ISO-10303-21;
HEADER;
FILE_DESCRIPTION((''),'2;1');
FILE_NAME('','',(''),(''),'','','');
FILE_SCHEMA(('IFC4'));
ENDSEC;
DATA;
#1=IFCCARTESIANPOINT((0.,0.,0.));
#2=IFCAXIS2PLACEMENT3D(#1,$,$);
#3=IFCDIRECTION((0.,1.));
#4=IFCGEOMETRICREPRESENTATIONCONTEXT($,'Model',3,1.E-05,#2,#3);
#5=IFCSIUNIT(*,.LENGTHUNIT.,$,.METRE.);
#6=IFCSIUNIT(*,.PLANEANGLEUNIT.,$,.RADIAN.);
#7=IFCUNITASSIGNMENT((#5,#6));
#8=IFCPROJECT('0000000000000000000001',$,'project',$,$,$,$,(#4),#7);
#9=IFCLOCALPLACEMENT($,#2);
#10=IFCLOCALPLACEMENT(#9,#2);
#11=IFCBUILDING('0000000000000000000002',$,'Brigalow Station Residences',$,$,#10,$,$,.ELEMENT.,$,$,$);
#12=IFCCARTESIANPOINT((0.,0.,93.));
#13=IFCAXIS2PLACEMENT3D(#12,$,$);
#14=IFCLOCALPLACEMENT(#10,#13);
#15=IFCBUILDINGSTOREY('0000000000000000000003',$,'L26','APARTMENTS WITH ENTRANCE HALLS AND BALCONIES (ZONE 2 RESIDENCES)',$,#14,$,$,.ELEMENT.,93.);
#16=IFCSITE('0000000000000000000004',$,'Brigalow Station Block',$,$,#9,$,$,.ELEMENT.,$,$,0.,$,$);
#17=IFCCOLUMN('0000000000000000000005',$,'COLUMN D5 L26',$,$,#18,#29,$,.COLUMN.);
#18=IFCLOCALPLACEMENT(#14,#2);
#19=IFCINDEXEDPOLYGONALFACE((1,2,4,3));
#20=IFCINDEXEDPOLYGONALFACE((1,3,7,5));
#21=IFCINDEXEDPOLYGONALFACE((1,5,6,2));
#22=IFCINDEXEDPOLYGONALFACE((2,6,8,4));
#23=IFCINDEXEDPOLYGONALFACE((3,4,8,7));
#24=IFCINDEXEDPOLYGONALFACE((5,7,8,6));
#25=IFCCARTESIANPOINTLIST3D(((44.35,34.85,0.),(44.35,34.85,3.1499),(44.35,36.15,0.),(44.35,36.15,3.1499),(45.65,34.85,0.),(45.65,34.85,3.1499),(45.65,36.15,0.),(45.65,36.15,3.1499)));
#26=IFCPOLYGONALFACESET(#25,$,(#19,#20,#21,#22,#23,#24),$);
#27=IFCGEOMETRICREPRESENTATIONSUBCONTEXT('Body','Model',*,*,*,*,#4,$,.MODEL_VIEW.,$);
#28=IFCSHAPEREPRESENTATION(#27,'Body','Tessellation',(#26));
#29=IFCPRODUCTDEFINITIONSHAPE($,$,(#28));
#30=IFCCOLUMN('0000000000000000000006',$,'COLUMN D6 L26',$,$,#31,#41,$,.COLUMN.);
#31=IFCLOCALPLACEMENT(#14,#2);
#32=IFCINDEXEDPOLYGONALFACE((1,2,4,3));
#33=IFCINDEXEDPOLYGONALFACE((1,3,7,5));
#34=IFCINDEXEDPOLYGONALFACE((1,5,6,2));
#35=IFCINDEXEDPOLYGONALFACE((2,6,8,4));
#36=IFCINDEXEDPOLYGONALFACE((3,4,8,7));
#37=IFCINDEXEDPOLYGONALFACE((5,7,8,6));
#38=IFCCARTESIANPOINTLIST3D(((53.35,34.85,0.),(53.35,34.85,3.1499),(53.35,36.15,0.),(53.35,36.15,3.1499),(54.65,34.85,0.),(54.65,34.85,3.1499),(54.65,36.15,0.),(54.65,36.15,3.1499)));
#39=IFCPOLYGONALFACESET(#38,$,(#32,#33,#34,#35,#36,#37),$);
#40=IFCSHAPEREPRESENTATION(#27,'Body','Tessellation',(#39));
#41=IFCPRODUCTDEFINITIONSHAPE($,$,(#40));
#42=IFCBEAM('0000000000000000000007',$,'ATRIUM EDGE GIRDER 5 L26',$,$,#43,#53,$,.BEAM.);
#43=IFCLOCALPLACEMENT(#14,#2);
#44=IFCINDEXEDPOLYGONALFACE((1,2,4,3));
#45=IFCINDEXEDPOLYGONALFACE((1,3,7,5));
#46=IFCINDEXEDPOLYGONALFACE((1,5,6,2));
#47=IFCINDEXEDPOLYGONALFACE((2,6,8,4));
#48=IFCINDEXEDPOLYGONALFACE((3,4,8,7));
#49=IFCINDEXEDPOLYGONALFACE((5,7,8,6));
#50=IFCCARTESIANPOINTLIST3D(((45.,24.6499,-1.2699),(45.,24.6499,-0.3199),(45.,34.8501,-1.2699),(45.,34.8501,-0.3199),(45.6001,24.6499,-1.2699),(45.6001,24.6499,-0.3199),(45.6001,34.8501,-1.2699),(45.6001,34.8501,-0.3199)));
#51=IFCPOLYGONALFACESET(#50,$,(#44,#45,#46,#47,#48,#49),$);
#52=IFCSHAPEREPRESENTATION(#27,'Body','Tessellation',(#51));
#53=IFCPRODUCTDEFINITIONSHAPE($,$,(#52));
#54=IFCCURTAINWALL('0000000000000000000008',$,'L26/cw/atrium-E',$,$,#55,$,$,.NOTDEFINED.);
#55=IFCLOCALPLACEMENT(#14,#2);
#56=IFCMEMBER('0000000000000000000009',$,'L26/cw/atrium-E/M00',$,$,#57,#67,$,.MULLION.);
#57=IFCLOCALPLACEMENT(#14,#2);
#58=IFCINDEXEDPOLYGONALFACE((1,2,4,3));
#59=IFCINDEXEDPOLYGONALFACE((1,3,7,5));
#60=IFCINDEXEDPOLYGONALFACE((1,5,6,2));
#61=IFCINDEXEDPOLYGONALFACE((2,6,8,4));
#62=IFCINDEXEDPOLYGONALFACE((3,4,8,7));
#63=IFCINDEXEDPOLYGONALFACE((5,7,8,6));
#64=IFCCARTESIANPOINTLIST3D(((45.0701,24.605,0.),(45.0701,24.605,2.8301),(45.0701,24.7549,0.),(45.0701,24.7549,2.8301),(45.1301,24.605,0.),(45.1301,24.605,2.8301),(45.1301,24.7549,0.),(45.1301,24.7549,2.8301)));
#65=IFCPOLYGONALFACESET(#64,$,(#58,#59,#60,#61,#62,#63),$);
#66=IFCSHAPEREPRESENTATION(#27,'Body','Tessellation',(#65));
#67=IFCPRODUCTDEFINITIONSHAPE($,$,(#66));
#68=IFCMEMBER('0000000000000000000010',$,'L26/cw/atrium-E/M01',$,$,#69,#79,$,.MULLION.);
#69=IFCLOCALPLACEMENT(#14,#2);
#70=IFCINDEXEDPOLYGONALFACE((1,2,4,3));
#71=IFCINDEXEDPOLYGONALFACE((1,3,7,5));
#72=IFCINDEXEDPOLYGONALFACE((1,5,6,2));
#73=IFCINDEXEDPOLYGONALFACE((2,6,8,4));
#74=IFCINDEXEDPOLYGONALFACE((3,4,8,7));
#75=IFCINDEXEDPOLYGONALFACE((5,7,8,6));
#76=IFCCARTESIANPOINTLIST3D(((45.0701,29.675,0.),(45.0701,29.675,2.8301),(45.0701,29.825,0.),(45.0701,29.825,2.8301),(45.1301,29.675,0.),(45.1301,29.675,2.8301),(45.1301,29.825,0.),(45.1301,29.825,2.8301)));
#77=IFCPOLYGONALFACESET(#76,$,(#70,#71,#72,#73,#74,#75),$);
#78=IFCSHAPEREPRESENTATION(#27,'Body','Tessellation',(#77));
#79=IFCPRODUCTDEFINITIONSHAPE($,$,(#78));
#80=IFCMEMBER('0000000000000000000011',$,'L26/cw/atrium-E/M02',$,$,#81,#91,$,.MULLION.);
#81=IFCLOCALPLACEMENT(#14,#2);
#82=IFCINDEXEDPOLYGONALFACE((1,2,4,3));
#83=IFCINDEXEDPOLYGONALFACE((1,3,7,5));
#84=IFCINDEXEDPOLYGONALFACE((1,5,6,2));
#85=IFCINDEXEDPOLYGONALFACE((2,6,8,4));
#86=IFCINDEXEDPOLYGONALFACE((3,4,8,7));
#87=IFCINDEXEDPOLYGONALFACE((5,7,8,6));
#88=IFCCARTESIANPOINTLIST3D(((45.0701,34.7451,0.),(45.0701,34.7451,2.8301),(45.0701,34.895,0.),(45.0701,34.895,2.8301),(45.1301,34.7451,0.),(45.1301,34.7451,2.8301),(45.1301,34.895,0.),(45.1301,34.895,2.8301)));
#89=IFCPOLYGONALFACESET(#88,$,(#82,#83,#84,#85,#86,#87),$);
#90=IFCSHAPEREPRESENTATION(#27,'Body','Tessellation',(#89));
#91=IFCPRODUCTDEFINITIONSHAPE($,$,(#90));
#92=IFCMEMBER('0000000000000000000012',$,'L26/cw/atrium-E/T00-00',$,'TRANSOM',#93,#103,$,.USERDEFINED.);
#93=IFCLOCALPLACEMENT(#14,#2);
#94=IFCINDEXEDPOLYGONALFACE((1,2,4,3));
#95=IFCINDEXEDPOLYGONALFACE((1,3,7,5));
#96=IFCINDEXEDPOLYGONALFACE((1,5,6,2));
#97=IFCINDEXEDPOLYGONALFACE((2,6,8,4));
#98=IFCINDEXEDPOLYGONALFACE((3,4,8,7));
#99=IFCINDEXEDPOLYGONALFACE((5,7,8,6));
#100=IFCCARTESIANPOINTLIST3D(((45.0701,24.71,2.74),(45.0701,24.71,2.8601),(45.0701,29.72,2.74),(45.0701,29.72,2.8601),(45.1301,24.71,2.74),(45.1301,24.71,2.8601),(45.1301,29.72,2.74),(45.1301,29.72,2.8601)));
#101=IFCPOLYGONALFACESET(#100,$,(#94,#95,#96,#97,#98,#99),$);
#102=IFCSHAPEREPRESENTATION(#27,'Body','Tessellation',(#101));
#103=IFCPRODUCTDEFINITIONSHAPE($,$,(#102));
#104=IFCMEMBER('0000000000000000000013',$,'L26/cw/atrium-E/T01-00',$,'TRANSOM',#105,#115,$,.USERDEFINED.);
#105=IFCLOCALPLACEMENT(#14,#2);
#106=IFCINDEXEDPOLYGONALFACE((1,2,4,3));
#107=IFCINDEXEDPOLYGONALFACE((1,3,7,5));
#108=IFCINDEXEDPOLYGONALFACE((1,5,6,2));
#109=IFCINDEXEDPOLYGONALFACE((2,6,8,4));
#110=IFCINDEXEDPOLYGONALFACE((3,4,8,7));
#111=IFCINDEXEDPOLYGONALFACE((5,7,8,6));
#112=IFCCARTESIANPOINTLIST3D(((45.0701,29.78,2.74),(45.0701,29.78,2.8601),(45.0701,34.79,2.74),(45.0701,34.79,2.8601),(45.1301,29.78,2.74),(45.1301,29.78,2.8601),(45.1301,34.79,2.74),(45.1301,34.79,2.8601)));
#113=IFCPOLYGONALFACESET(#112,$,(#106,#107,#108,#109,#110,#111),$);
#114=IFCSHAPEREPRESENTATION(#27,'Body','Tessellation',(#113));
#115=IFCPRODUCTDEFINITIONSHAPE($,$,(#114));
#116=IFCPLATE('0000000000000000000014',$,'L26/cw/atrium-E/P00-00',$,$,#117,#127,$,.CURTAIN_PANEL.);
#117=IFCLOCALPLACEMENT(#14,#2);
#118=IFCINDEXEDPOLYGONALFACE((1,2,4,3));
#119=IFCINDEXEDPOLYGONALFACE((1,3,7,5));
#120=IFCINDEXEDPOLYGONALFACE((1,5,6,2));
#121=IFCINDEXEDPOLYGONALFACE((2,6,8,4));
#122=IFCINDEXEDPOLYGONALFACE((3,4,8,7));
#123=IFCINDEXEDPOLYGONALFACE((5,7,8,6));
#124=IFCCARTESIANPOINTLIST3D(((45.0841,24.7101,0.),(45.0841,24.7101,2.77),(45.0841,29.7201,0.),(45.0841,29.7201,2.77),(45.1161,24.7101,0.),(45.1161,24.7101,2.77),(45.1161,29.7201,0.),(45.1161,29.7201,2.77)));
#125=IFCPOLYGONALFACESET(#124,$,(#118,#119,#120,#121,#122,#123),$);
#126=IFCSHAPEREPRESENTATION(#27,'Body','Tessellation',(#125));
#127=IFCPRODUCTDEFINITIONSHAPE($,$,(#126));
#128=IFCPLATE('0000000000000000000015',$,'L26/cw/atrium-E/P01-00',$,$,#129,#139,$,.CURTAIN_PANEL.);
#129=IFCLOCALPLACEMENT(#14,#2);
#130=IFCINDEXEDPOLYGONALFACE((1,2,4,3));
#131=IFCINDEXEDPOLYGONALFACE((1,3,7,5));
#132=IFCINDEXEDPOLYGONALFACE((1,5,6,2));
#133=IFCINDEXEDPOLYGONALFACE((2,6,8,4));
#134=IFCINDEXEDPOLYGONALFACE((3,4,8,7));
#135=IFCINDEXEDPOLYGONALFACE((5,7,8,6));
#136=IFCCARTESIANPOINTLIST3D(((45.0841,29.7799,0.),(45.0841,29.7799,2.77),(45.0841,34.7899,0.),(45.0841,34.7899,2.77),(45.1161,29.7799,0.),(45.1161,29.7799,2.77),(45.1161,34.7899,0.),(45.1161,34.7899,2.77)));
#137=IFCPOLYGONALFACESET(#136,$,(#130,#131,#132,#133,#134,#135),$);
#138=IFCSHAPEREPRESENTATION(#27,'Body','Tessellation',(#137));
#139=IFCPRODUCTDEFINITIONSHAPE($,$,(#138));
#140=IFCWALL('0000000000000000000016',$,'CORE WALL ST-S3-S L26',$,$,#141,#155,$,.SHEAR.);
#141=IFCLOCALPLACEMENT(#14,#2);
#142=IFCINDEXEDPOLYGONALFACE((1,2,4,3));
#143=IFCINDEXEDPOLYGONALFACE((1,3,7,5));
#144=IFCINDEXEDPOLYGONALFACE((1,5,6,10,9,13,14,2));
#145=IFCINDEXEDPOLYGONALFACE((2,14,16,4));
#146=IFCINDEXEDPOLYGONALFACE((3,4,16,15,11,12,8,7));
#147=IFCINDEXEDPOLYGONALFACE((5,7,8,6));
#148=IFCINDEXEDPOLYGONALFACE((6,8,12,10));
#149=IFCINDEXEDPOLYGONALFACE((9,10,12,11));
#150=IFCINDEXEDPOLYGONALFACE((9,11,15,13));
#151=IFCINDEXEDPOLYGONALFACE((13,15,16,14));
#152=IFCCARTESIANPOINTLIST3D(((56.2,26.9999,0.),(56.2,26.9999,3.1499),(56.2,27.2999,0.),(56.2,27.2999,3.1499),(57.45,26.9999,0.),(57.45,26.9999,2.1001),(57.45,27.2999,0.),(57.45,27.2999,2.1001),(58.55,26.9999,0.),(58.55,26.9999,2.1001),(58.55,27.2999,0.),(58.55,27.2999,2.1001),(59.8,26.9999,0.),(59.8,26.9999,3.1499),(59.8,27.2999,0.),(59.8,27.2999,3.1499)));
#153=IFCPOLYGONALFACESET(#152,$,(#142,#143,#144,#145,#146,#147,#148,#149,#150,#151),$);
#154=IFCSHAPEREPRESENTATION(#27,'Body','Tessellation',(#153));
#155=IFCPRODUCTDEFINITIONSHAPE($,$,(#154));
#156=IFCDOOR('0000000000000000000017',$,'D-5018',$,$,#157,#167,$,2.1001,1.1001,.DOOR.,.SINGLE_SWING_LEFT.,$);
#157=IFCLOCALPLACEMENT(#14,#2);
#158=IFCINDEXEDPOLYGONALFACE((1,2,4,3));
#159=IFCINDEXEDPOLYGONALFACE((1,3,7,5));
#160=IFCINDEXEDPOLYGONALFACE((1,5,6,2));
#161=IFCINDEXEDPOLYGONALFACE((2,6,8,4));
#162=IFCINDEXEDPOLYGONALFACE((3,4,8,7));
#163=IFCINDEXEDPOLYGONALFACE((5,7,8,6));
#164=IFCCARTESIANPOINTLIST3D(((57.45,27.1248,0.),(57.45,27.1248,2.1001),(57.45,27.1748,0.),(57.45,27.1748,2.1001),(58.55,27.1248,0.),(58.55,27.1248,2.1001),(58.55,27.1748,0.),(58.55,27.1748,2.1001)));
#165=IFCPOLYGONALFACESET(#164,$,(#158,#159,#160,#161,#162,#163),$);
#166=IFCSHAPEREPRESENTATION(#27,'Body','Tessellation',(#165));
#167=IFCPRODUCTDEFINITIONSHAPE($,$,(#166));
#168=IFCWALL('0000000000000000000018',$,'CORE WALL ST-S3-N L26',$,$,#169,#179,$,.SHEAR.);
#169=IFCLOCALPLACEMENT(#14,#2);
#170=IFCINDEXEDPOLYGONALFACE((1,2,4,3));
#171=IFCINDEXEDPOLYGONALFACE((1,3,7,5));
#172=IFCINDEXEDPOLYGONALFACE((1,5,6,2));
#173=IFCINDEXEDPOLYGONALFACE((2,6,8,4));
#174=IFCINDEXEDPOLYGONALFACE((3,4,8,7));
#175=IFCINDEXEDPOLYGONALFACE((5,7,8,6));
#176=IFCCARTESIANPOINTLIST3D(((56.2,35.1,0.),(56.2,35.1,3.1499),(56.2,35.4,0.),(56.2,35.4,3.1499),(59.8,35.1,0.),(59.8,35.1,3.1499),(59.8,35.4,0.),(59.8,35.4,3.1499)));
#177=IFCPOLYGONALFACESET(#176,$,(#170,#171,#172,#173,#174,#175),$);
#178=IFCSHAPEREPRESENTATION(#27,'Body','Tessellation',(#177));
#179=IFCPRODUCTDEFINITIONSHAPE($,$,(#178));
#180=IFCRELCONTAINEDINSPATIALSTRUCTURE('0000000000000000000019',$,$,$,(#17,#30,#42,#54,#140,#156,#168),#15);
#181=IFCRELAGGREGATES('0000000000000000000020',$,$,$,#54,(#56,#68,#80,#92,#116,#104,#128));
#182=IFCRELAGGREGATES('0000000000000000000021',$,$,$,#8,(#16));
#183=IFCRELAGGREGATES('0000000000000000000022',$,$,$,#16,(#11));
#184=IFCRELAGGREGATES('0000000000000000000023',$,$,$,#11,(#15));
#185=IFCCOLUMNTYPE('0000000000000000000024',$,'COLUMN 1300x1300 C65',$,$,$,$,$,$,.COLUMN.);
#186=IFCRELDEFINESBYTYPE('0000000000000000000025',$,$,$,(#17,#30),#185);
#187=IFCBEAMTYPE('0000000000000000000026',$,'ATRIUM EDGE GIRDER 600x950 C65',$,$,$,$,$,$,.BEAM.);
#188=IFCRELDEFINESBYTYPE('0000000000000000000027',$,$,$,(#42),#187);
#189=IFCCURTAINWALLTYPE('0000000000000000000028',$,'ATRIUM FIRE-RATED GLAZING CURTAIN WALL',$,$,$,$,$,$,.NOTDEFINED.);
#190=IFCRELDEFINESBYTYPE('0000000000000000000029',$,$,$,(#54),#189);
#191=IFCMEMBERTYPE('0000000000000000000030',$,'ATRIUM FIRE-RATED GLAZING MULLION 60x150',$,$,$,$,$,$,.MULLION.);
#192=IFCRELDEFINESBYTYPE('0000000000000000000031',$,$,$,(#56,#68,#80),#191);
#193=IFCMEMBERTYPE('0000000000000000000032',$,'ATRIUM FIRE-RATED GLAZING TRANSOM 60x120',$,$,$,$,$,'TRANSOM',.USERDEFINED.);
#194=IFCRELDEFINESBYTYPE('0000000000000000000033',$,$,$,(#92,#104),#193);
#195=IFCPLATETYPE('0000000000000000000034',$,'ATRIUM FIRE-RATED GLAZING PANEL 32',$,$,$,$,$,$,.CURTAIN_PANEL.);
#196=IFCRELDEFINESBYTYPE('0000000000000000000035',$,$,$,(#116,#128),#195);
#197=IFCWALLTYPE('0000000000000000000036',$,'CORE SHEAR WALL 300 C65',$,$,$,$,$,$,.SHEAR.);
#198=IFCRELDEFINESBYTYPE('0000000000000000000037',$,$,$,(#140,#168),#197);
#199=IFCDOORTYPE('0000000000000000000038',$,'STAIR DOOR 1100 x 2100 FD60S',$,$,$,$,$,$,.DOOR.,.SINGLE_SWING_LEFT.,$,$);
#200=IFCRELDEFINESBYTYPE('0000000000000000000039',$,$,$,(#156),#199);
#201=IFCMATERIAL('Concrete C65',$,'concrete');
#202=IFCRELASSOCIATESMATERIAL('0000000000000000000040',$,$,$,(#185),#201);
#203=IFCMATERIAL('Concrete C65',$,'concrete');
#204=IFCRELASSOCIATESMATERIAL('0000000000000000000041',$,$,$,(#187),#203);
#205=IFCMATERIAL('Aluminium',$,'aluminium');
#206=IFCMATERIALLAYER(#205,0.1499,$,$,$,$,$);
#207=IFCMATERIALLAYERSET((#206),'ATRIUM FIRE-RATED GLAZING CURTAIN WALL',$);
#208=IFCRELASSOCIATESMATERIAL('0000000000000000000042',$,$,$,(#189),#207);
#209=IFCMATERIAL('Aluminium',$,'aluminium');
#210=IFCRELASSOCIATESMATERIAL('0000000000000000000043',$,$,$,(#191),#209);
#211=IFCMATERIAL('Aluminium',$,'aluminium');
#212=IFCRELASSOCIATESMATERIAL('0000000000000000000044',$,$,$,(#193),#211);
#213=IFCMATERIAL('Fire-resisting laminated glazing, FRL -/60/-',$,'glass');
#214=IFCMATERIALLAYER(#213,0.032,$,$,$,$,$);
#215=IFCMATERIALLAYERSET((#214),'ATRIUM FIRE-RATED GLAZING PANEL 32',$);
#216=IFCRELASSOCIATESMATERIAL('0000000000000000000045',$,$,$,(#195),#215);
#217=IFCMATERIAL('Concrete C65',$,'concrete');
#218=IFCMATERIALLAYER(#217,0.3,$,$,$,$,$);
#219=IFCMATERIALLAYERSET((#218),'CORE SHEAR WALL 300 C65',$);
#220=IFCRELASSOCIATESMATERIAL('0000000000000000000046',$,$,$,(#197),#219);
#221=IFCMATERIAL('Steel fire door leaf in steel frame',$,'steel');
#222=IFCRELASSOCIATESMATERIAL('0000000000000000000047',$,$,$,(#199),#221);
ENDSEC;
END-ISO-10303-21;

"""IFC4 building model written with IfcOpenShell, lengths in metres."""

from ifc_helpers import new_model, si_unit, direction, frame, frame_2d, origin, origin_2d, place, context, subcontext, project, spatial, rectangle, extrude, material, layer, layer_set, material_profile, profile_set, type_object, element, fill, aggregate, save


model = new_model("IFC4")

# Units and contexts
model_context = context("Model", 3, precision=1e-05, world=origin(), true_north=direction((0.0, 1.0)))
body_context = subcontext(model_context, "Body", "Model", "MODEL_VIEW")
ifc_project = project(units=[si_unit("LENGTHUNIT", "METRE"), si_unit("PLANEANGLEUNIT", "RADIAN")], contexts=[model_context])

# Site, building, storey
site_placement = place(None, origin())
site = spatial("IfcSite", under=ifc_project, at=site_placement, Name="Brigalow Station Block", CompositionType="ELEMENT", RefElevation=0.0)
building_placement = place(site_placement, origin())
building = spatial("IfcBuilding", under=site, at=building_placement, Name="Brigalow Station Residences", CompositionType="ELEMENT")
storey_placement = place(building_placement, frame((0.0, 0.0, 93.0)))
storey = spatial("IfcBuildingStorey", under=building, at=storey_placement, Name="L26", Description="APARTMENTS WITH ENTRANCE HALLS AND BALCONIES (ZONE 2 RESIDENCES)", CompositionType="ELEMENT", Elevation=93.0)

# Columns
ifc_material_1 = material(Name="Concrete C65", Category="concrete")
ifc_material_profile_1 = material_profile(ifc_material_1, rectangle(XDim=1.3, YDim=1.3, at=origin_2d()), Name="RC1300x1300")
ifc_profile_set_1 = profile_set([ifc_material_profile_1], Name="Concrete C65")
column_type = type_object("IfcColumnType", Name="COLUMN 1300x1300 C65", PredefinedType="COLUMN", material=ifc_profile_set_1)
for number, where, z_axis, x_axis, name in (
    (1, (45.0, 35.5, 0.0), (0.0, 0.0, 1.0), (1.0, 0.0, 0.0), "COLUMN D5 L26"),
    (2, (54.0, 35.5, 0.0), (0.0, 0.0, 1.0), (1.0, 0.0, 0.0), "COLUMN D6 L26"),
):
    element("IfcColumn", number, at=place(storey_placement, frame(where, z_axis=z_axis, x_axis=x_axis)), inside=storey, type_object=column_type, Name=name, PredefinedType="COLUMN", context=body_context, shape_type="SweptSolid", body=[
        extrude(rectangle(XDim=1.3, YDim=1.3, at=origin_2d()), origin(), (0.0, 0.0, 1.0), 3.1499),
    ])

# Beam
ifc_material_2 = material(Name="Concrete C65", Category="concrete")
ifc_material_profile_2 = material_profile(ifc_material_2, rectangle(XDim=0.6001, YDim=0.95, at=origin_2d()), Name="RC600x950")
ifc_profile_set_2 = profile_set([ifc_material_profile_2], Name="Concrete C65")
beam_type = type_object("IfcBeamType", Name="ATRIUM EDGE GIRDER 600x950 C65", PredefinedType="BEAM", material=ifc_profile_set_2)
beam_placement = place(storey_placement, frame((45.3, 24.6499, -0.7949), z_axis=(0.0, 1.0, 0.0), x_axis=(-1.0, 0.0, 0.0)))
element("IfcBeam", 3, at=beam_placement, inside=storey, type_object=beam_type, Name="ATRIUM EDGE GIRDER 5 L26", PredefinedType="BEAM", context=body_context, shape_type="SweptSolid", body=[
    extrude(rectangle(XDim=0.6001, YDim=0.95, at=origin_2d()), origin(), (0.0, 0.0, 1.0), 10.2002),
])

# Curtain wall, members, plates
ifc_material_3 = material(Name="Aluminium", Category="aluminium")
ifc_layer_1 = layer(ifc_material_3, 0.1499)
ifc_layer_set_1 = layer_set([ifc_layer_1], Name="ATRIUM FIRE-RATED GLAZING CURTAIN WALL")
curtain_wall_type = type_object("IfcCurtainWallType", Name="ATRIUM FIRE-RATED GLAZING CURTAIN WALL", PredefinedType="NOTDEFINED", material=ifc_layer_set_1)
curtain_wall_placement = place(storey_placement, origin())
curtain_wall = element("IfcCurtainWall", 4, at=curtain_wall_placement, inside=storey, type_object=curtain_wall_type, Name="L26/cw/atrium-E", PredefinedType="NOTDEFINED")
ifc_material_4 = material(Name="Aluminium", Category="aluminium")
ifc_material_profile_3 = material_profile(ifc_material_4, rectangle(XDim=0.0601, YDim=0.1499, at=origin_2d()), Name="ATRIUM FIRE-RATED GLAZING MULLION 60x150")
ifc_profile_set_3 = profile_set([ifc_material_profile_3], Name="Aluminium")
member_type_1 = type_object("IfcMemberType", Name="ATRIUM FIRE-RATED GLAZING MULLION 60x150", PredefinedType="MULLION", material=ifc_profile_set_3)
member_1_placement = place(storey_placement, frame((45.1001, 24.6799, 0.0), z_axis=(0.0, 0.0, 1.0), x_axis=(-1.0, 0.0, 0.0)))
member_1 = element("IfcMember", 5, at=member_1_placement, type_object=member_type_1, Name="L26/cw/atrium-E/M00", PredefinedType="MULLION", context=body_context, shape_type="SweptSolid", body=[
    extrude(rectangle(XDim=0.0601, YDim=0.1499, at=origin_2d()), origin(), (0.0, 0.0, 1.0), 2.8301),
])
member_2_placement = place(storey_placement, frame((45.1001, 29.75, 0.0), z_axis=(0.0, 0.0, 1.0), x_axis=(-1.0, 0.0, 0.0)))
member_2 = element("IfcMember", 6, at=member_2_placement, type_object=member_type_1, Name="L26/cw/atrium-E/M01", PredefinedType="MULLION", context=body_context, shape_type="SweptSolid", body=[
    extrude(rectangle(XDim=0.0601, YDim=0.1499, at=origin_2d()), origin(), (0.0, 0.0, 1.0), 2.8301),
])
member_3_placement = place(storey_placement, frame((45.1001, 34.8201, 0.0), z_axis=(0.0, 0.0, 1.0), x_axis=(-1.0, 0.0, 0.0)))
member_3 = element("IfcMember", 7, at=member_3_placement, type_object=member_type_1, Name="L26/cw/atrium-E/M02", PredefinedType="MULLION", context=body_context, shape_type="SweptSolid", body=[
    extrude(rectangle(XDim=0.0601, YDim=0.1499, at=origin_2d()), origin(), (0.0, 0.0, 1.0), 2.8301),
])
ifc_material_5 = material(Name="Aluminium", Category="aluminium")
ifc_material_profile_4 = material_profile(ifc_material_5, rectangle(XDim=0.0601, YDim=0.1201, at=origin_2d()), Name="ATRIUM FIRE-RATED GLAZING TRANSOM 60x120")
ifc_profile_set_4 = profile_set([ifc_material_profile_4], Name="Aluminium")
member_type_2 = type_object("IfcMemberType", Name="ATRIUM FIRE-RATED GLAZING TRANSOM 60x120", ElementType="TRANSOM", PredefinedType="USERDEFINED", material=ifc_profile_set_4)
member_4_placement = place(storey_placement, frame((45.1001, 24.71, 2.8), z_axis=(0.0, 1.0, 0.0), x_axis=(-1.0, 0.0, 0.0)))
member_4 = element("IfcMember", 8, at=member_4_placement, type_object=member_type_2, Name="L26/cw/atrium-E/T00-00", ObjectType="TRANSOM", PredefinedType="USERDEFINED", context=body_context, shape_type="SweptSolid", body=[
    extrude(rectangle(XDim=0.0601, YDim=0.1201, at=origin_2d()), origin(), (0.0, 0.0, 1.0), 5.01),
])
member_5_placement = place(storey_placement, frame((45.1001, 29.78, 2.8), z_axis=(0.0, 1.0, 0.0), x_axis=(-1.0, 0.0, 0.0)))
member_5 = element("IfcMember", 9, at=member_5_placement, type_object=member_type_2, Name="L26/cw/atrium-E/T01-00", ObjectType="TRANSOM", PredefinedType="USERDEFINED", context=body_context, shape_type="SweptSolid", body=[
    extrude(rectangle(XDim=0.0601, YDim=0.1201, at=origin_2d()), origin(), (0.0, 0.0, 1.0), 5.01),
])
ifc_material_6 = material(Name="Fire-resisting laminated glazing, FRL -/60/-", Category="glass")
ifc_layer_2 = layer(ifc_material_6, 0.032)
ifc_layer_set_2 = layer_set([ifc_layer_2], Name="ATRIUM FIRE-RATED GLAZING PANEL 32")
plate_type = type_object("IfcPlateType", Name="ATRIUM FIRE-RATED GLAZING PANEL 32", PredefinedType="CURTAIN_PANEL", material=ifc_layer_set_2)
plate_1_placement = place(storey_placement, frame((45.1001, 27.2151, 0.0), z_axis=(0.0, 0.0, 1.0), x_axis=(0.0, 1.0, 0.0)))
plate_1 = element("IfcPlate", 10, at=plate_1_placement, type_object=plate_type, Name="L26/cw/atrium-E/P00-00", PredefinedType="CURTAIN_PANEL", context=body_context, shape_type="SweptSolid", body=[
    extrude(rectangle(XDim=5.01, YDim=0.032, at=origin_2d()), origin(), (0.0, 0.0, 1.0), 2.77),
])
plate_2_placement = place(storey_placement, frame((45.1001, 32.2849, 0.0), z_axis=(0.0, 0.0, 1.0), x_axis=(0.0, 1.0, 0.0)))
plate_2 = element("IfcPlate", 11, at=plate_2_placement, type_object=plate_type, Name="L26/cw/atrium-E/P01-00", PredefinedType="CURTAIN_PANEL", context=body_context, shape_type="SweptSolid", body=[
    extrude(rectangle(XDim=5.01, YDim=0.032, at=origin_2d()), origin(), (0.0, 0.0, 1.0), 2.77),
])
aggregate(curtain_wall, [member_1, member_2, member_3, member_4, plate_1, member_5, plate_2])

# Wall, opening, door
ifc_material_7 = material(Name="Concrete C65", Category="concrete")
ifc_layer_3 = layer(ifc_material_7, 0.3)
ifc_layer_set_3 = layer_set([ifc_layer_3], Name="CORE SHEAR WALL 300 C65")
wall_type_1 = type_object("IfcWallType", Name="CORE SHEAR WALL 300 C65", PredefinedType="SHEAR", material=ifc_layer_set_3)
wall_1_placement = place(storey_placement, frame((56.2, 27.1499, 0.0), z_axis=(0.0, 0.0, 1.0), x_axis=(1.0, 0.0, 0.0)))
wall_1 = element("IfcWall", 12, at=wall_1_placement, inside=storey, type_object=wall_type_1, Name="CORE WALL ST-S3-S L26", PredefinedType="SHEAR", context=body_context, shape_type="SweptSolid", body=[
    extrude(rectangle(XDim=3.6001, YDim=0.3, at=frame_2d((1.8, 0.0))), origin(), (0.0, 0.0, 1.0), 3.1499),
])
opening_1_placement = place(wall_1_placement, frame((1.25, 0.0, 0.0)))
opening_1 = element("IfcOpeningElement", 13, at=opening_1_placement, cuts=wall_1, PredefinedType="OPENING", context=body_context, shape_type="SweptSolid", body=[
    extrude(rectangle(XDim=1.1001, YDim=2.1001, at=frame_2d((0.55, 1.05))), frame((0.0, 0.1602, 0.0), z_axis=(0.0, -1.0, 0.0), x_axis=(1.0, 0.0, 0.0)), (0.0, 0.0, 1.0), 0.3201),
])
ifc_material_8 = material(Name="Steel fire door leaf in steel frame", Category="steel")
door_type_1 = type_object("IfcDoorType", Name="STAIR DOOR 1100 x 2100 FD60S", OperationType="SINGLE_SWING_LEFT", PredefinedType="DOOR", material=ifc_material_8)
door_1_placement = place(opening_1_placement, origin())
door_1 = element("IfcDoor", 14, at=door_1_placement, inside=storey, type_object=door_type_1, Name="D-5018", OperationType="SINGLE_SWING_LEFT", OverallHeight=2.1001, OverallWidth=1.1001, PredefinedType="DOOR", context=body_context, shape_type="SweptSolid", body=[
    extrude(rectangle(XDim=1.1001, YDim=2.1001, at=frame_2d((0.55, 1.05))), frame((0.0, 0.0249, 0.0), z_axis=(0.0, -1.0, 0.0), x_axis=(1.0, 0.0, 0.0)), (0.0, 0.0, 1.0), 0.05),
])
fill(opening_1, door_1)

# Wall
wall_2_placement = place(storey_placement, frame((56.2, 35.25, 0.0), z_axis=(0.0, 0.0, 1.0), x_axis=(1.0, 0.0, 0.0)))
element("IfcWall", 15, at=wall_2_placement, inside=storey, type_object=wall_type_1, Name="CORE WALL ST-S3-N L26", PredefinedType="SHEAR", context=body_context, shape_type="SweptSolid", body=[
    extrude(rectangle(XDim=3.6001, YDim=0.3, at=frame_2d((1.8, 0.0))), origin(), (0.0, 0.0, 1.0), 3.1499),
])

save(model, "model.ifc")
